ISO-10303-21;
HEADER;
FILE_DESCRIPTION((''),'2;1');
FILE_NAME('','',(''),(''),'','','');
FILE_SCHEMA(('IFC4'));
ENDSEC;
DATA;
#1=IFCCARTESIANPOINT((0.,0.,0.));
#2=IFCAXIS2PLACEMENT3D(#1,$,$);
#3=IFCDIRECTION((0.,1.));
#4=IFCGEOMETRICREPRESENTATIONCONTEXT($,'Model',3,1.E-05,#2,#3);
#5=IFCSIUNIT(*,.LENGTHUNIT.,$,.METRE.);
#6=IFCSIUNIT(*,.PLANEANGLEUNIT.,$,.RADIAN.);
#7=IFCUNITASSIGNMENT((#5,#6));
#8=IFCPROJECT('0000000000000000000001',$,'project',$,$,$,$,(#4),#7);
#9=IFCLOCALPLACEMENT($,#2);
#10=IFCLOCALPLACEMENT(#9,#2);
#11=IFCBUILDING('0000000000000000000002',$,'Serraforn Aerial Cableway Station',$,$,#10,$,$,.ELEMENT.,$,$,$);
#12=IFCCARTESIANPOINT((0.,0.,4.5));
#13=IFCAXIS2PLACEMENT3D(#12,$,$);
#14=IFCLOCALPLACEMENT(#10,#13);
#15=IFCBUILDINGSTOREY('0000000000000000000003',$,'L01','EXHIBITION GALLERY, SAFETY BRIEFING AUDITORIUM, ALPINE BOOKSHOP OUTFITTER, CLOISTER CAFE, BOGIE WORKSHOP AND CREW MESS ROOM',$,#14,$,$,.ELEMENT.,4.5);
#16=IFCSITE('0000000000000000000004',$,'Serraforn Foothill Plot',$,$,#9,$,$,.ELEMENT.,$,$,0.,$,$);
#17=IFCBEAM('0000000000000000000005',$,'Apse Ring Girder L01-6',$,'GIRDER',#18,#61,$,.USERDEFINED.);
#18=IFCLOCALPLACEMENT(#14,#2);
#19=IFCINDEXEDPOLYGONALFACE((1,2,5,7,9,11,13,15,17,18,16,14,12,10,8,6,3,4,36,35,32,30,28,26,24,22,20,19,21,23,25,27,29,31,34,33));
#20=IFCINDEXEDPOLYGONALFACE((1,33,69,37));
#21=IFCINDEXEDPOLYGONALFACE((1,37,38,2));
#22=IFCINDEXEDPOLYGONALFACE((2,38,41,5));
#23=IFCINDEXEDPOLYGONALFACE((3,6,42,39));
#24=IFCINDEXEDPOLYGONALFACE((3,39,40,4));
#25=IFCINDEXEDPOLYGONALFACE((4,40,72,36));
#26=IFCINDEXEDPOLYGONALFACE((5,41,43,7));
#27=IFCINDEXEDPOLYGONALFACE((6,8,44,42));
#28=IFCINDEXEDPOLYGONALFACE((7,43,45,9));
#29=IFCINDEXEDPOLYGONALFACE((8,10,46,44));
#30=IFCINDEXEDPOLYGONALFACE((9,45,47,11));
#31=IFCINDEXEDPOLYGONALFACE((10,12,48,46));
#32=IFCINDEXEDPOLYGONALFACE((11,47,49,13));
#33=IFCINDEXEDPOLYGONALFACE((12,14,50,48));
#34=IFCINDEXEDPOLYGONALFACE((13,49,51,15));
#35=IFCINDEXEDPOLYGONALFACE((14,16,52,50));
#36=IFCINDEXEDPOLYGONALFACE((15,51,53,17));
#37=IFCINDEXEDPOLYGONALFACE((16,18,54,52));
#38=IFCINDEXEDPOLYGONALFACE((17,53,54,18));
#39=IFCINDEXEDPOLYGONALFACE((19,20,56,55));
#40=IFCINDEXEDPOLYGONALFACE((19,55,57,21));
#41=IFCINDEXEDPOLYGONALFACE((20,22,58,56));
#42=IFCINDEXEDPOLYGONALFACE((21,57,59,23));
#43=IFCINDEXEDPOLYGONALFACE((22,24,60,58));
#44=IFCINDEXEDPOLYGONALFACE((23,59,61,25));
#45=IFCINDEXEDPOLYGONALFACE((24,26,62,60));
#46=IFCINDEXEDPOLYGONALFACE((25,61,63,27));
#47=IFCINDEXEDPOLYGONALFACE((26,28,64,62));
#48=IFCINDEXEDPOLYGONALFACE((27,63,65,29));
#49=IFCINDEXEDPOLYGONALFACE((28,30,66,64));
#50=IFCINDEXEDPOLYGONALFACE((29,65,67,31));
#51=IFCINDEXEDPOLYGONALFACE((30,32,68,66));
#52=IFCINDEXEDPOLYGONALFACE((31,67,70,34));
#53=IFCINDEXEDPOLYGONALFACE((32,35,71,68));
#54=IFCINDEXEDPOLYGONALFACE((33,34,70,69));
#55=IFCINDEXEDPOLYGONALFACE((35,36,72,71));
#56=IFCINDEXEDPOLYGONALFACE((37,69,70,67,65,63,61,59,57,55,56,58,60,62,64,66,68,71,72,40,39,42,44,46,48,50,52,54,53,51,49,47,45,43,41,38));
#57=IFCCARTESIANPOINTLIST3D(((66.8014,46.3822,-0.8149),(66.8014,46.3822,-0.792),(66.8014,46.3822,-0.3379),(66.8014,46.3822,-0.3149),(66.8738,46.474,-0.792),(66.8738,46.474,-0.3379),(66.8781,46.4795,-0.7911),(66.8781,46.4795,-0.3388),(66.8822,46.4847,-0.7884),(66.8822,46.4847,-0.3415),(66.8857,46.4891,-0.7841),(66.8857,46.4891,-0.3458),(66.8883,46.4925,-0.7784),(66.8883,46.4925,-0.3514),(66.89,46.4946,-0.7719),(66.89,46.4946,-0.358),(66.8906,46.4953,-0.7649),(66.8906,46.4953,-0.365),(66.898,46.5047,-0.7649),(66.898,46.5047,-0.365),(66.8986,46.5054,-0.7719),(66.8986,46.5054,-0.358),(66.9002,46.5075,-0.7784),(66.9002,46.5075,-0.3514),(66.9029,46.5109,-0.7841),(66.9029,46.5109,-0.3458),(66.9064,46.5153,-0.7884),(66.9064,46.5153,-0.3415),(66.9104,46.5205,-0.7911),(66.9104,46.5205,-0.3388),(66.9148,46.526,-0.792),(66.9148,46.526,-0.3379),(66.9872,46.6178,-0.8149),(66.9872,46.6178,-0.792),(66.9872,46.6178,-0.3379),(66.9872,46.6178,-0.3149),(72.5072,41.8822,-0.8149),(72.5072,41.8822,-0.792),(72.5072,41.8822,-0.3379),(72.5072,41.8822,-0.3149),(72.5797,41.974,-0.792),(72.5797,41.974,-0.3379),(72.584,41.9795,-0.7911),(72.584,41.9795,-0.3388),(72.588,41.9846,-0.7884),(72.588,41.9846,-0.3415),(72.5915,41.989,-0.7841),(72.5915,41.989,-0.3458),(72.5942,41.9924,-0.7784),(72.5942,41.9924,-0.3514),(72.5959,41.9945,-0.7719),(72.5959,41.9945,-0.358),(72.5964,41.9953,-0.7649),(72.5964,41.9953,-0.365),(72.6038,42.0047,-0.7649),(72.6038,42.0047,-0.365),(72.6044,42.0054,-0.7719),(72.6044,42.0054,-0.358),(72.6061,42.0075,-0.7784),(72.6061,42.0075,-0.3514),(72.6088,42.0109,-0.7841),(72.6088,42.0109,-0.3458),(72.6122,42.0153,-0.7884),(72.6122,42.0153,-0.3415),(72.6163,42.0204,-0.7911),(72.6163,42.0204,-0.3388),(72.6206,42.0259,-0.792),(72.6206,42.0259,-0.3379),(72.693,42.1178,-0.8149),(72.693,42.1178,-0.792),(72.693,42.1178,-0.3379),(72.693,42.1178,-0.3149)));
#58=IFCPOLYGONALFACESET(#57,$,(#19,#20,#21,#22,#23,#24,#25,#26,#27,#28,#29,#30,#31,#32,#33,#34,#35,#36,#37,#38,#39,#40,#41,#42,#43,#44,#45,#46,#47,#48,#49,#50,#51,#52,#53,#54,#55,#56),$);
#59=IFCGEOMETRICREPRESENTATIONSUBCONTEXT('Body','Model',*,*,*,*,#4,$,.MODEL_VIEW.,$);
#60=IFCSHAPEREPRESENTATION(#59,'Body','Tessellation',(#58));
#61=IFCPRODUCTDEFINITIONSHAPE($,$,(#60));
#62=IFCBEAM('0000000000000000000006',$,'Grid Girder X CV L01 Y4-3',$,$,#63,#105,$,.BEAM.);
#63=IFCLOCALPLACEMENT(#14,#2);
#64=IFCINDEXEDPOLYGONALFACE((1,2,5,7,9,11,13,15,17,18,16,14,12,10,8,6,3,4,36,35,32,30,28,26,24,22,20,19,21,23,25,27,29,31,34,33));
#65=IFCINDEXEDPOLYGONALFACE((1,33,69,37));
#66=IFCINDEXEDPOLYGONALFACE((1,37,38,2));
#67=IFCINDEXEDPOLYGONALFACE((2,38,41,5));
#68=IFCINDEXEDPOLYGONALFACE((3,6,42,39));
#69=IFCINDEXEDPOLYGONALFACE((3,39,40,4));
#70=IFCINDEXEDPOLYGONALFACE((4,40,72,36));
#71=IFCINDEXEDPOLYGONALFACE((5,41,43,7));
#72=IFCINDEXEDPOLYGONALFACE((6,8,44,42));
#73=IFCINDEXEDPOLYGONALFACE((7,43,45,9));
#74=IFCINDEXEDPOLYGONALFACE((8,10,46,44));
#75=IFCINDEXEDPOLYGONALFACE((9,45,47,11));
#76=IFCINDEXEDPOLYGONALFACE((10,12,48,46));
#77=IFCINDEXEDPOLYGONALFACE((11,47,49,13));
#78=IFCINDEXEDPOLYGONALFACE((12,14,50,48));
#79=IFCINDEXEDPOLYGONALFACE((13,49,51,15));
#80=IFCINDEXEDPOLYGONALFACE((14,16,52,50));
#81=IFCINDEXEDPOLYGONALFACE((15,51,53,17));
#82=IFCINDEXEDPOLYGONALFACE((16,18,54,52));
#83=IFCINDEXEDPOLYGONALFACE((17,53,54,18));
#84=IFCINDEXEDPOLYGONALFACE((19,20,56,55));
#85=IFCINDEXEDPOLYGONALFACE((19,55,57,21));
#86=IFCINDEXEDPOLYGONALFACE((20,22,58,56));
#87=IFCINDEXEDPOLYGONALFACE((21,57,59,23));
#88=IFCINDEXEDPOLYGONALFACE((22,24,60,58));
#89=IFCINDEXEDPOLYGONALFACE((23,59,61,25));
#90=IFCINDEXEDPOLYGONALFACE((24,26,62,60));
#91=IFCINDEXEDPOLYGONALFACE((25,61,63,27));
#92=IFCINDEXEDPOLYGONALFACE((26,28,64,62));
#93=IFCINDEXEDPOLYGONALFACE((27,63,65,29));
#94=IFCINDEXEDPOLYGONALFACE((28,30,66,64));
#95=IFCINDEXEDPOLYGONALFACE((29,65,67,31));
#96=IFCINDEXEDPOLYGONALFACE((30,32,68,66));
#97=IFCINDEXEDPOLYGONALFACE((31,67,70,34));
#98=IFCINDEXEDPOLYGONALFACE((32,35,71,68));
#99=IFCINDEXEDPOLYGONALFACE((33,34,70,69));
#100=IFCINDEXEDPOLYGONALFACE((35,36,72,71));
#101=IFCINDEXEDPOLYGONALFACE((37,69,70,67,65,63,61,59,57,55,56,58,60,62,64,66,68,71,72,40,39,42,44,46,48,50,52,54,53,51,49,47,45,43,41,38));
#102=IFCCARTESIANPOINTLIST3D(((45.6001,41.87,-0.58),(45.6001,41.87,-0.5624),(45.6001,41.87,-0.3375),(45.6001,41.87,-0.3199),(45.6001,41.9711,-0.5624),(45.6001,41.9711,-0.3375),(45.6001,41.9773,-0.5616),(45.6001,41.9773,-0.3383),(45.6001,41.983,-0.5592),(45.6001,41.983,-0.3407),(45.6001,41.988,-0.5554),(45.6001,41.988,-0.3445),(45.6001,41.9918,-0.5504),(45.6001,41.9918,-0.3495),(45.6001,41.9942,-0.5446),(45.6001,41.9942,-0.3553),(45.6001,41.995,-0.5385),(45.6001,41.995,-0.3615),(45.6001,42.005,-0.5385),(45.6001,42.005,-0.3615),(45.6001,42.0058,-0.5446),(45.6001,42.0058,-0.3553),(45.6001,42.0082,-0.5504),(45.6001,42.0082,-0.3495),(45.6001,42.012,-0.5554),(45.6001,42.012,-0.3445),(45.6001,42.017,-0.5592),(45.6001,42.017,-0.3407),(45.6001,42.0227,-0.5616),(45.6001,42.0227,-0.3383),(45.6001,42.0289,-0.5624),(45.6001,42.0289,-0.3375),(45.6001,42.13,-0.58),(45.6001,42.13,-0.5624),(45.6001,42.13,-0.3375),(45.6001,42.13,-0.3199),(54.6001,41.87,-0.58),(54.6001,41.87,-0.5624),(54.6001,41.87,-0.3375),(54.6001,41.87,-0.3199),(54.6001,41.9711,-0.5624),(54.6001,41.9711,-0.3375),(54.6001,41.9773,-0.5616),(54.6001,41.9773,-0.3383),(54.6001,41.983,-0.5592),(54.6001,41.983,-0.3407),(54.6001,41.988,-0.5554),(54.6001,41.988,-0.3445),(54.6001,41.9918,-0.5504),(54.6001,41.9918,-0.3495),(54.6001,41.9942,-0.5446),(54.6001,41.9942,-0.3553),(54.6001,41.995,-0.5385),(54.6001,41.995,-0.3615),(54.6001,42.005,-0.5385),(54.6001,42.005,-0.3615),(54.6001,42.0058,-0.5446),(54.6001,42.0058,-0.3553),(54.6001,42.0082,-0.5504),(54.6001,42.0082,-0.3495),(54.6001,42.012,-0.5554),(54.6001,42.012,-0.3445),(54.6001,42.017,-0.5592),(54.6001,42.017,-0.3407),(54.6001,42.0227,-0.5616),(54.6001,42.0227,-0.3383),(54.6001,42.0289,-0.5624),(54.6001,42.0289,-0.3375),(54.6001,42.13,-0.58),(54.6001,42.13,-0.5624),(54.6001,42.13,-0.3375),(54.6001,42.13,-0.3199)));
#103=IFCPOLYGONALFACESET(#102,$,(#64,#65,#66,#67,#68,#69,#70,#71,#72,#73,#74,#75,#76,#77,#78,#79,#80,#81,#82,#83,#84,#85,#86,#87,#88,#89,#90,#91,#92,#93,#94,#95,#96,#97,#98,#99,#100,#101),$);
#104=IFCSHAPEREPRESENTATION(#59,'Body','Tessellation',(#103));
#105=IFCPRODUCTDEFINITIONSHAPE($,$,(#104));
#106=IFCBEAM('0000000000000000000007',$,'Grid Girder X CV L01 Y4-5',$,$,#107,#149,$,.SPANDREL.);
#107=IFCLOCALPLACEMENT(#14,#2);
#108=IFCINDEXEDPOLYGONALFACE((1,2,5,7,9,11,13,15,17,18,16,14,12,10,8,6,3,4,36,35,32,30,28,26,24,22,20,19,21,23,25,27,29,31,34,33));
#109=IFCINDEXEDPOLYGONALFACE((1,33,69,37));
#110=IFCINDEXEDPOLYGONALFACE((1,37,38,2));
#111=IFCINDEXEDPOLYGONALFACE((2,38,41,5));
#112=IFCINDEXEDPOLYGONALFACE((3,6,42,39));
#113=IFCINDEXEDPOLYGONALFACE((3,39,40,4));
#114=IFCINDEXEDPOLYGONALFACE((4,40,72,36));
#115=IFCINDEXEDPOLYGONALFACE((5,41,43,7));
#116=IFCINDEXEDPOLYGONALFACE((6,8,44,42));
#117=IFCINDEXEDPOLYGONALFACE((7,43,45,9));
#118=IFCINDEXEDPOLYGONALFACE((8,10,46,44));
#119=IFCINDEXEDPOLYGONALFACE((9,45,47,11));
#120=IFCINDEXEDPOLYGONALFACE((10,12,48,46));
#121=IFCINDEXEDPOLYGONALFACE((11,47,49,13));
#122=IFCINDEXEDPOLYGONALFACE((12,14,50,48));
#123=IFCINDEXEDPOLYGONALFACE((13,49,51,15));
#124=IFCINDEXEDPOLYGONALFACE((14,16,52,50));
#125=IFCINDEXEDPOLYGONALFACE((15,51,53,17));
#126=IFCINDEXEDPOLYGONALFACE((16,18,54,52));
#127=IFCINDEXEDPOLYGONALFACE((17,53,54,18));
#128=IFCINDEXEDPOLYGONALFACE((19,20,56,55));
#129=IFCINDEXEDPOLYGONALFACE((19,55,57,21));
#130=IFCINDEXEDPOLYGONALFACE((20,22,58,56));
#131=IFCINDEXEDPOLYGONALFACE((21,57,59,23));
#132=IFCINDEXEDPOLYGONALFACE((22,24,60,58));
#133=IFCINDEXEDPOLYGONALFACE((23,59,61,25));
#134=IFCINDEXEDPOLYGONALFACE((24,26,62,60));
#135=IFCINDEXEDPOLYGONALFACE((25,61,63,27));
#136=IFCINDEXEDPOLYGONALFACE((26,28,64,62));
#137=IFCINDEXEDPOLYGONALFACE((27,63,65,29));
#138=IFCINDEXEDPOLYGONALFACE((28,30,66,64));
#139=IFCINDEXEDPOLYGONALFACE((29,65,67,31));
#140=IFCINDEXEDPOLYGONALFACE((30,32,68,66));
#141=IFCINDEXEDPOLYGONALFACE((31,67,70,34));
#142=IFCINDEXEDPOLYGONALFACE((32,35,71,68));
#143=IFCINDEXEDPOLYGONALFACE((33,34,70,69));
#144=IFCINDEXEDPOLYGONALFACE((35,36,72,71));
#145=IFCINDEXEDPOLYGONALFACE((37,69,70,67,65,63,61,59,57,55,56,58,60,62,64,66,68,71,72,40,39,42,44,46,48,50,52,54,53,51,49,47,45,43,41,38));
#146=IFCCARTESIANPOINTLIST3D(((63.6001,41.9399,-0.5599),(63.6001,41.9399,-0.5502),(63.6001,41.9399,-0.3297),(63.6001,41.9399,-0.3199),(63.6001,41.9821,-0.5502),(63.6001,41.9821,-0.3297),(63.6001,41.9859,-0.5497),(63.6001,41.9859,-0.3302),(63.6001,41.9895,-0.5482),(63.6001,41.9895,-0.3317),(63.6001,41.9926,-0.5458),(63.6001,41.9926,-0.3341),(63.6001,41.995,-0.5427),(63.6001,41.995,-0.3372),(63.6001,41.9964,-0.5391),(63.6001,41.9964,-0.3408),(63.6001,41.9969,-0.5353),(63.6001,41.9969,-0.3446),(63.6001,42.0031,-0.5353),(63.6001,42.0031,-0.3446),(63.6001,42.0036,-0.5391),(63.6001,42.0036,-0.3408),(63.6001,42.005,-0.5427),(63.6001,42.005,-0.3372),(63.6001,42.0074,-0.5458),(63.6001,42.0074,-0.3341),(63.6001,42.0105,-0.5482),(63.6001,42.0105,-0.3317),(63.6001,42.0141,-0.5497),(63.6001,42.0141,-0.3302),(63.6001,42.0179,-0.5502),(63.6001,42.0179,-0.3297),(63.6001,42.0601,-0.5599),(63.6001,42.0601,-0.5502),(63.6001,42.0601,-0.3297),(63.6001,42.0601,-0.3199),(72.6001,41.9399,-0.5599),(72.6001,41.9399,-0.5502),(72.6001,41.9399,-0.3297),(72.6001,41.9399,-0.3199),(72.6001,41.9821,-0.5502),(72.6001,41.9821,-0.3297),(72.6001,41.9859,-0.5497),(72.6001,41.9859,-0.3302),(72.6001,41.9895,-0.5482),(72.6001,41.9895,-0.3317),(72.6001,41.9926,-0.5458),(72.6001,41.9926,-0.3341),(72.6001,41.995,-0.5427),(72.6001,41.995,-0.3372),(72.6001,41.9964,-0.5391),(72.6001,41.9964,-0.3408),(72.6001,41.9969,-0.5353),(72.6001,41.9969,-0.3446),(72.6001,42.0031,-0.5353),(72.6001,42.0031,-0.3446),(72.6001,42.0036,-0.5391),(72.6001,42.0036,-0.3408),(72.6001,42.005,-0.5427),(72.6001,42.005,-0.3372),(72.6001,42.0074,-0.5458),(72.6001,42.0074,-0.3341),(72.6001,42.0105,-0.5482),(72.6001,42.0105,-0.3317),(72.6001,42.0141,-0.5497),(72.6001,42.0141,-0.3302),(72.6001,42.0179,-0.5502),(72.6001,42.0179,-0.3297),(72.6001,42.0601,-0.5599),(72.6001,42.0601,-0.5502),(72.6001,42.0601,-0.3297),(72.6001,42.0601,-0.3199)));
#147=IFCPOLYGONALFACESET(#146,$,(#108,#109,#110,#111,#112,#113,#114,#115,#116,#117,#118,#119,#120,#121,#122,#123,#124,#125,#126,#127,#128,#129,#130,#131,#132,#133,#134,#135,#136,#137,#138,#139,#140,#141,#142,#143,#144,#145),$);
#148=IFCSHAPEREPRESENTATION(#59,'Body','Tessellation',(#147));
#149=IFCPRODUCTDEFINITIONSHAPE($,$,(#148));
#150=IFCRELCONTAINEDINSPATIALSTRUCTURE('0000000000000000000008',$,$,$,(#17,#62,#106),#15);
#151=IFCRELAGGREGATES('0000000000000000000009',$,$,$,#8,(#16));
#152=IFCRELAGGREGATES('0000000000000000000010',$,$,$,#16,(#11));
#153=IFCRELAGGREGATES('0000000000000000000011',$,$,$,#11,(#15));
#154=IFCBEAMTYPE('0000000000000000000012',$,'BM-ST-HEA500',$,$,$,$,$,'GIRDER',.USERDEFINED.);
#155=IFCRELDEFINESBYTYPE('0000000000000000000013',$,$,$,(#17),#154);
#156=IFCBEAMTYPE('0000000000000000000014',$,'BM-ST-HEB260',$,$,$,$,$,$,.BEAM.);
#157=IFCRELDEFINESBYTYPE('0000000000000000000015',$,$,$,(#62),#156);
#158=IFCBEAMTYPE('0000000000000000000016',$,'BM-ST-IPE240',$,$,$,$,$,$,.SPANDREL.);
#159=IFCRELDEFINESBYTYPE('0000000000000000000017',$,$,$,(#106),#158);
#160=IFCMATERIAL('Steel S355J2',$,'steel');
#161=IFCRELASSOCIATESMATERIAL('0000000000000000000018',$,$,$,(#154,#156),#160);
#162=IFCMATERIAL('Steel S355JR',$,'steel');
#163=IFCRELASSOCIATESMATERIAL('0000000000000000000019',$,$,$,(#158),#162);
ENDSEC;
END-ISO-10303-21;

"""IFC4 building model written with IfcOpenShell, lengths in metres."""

from ifc_helpers import new_model, si_unit, direction, frame, origin, origin_2d, place, context, subcontext, project, spatial, i_section, extrude, material, material_profile, profile_set, type_object, element, save


model = new_model("IFC4")

# Units and contexts
model_context = context("Model", 3, precision=1e-05, world=origin(), true_north=direction((0.0, 1.0)))
body_context = subcontext(model_context, "Body", "Model", "MODEL_VIEW")
ifc_project = project(units=[si_unit("LENGTHUNIT", "METRE"), si_unit("PLANEANGLEUNIT", "RADIAN")], contexts=[model_context])

# Site, building, storey
site_placement = place(None, origin())
site = spatial("IfcSite", under=ifc_project, at=site_placement, Name="Serraforn Foothill Plot", CompositionType="ELEMENT", RefElevation=0.0)
building_placement = place(site_placement, origin())
building = spatial("IfcBuilding", under=site, at=building_placement, Name="Serraforn Aerial Cableway Station", CompositionType="ELEMENT")
storey_placement = place(building_placement, frame((0.0, 0.0, 4.5)))
storey = spatial("IfcBuildingStorey", under=building, at=storey_placement, Name="L01", Description="EXHIBITION GALLERY, SAFETY BRIEFING AUDITORIUM, ALPINE BOOKSHOP OUTFITTER, CLOISTER CAFE, BOGIE WORKSHOP AND CREW MESS ROOM", CompositionType="ELEMENT", Elevation=4.5)

# Beams
ifc_material_1 = material(Name="Steel S355J2", Category="steel")
ifc_material_profile_1 = material_profile(ifc_material_1, i_section(OverallWidth=0.3, OverallDepth=0.5, WebThickness=0.012, FlangeThickness=0.0229, FilletRadius=0.0271, at=origin_2d()), Name="HEA 500")
ifc_profile_set_1 = profile_set([ifc_material_profile_1], Name="Steel S355J2")
beam_type_1 = type_object("IfcBeamType", Name="BM-ST-HEA500", ElementType="GIRDER", PredefinedType="USERDEFINED", material=ifc_profile_set_1)
beam_1_placement = place(storey_placement, frame((66.8943, 46.5, -0.5649), z_axis=(0.78519, -0.619255, 0.0), x_axis=(0.619255, 0.78519, 0.0)))
element("IfcBeam", 1, at=beam_1_placement, inside=storey, type_object=beam_type_1, Name="Apse Ring Girder L01-6", ObjectType="GIRDER", PredefinedType="USERDEFINED", context=body_context, shape_type="SweptSolid", body=[
    extrude(i_section(OverallWidth=0.3, OverallDepth=0.5, WebThickness=0.012, FlangeThickness=0.0229, FilletRadius=0.0271, at=origin_2d()), origin(), (0.0, 0.0, 1.0), 7.2668),
])
ifc_material_profile_2 = material_profile(ifc_material_1, i_section(OverallWidth=0.26, OverallDepth=0.26, WebThickness=0.01, FlangeThickness=0.0176, FilletRadius=0.0239, at=origin_2d()), Name="HEB 260")
ifc_profile_set_2 = profile_set([ifc_material_profile_2], Name="Steel S355J2")
beam_type_2 = type_object("IfcBeamType", Name="BM-ST-HEB260", PredefinedType="BEAM", material=ifc_profile_set_2)
beam_2_placement = place(storey_placement, frame((45.6001, 42.0, -0.45), z_axis=(1.0, 0.0, 0.0), x_axis=(0.0, 1.0, 0.0)))
element("IfcBeam", 2, at=beam_2_placement, inside=storey, type_object=beam_type_2, Name="Grid Girder X CV L01 Y4-3", PredefinedType="BEAM", context=body_context, shape_type="SweptSolid", body=[
    extrude(i_section(OverallWidth=0.26, OverallDepth=0.26, WebThickness=0.01, FlangeThickness=0.0176, FilletRadius=0.0239, at=origin_2d()), origin(), (0.0, 0.0, 1.0), 9.0),
])
ifc_material_2 = material(Name="Steel S355JR", Category="steel")
ifc_material_profile_3 = material_profile(ifc_material_2, i_section(OverallWidth=0.1201, OverallDepth=0.24, WebThickness=0.0061, FlangeThickness=0.0098, FilletRadius=0.0149, at=origin_2d()), Name="IPE 240")
ifc_profile_set_3 = profile_set([ifc_material_profile_3], Name="Steel S355JR")
beam_type_3 = type_object("IfcBeamType", Name="BM-ST-IPE240", PredefinedType="SPANDREL", material=ifc_profile_set_3)
beam_3_placement = place(storey_placement, frame((63.6001, 42.0, -0.4399), z_axis=(1.0, 0.0, 0.0), x_axis=(0.0, 1.0, 0.0)))
element("IfcBeam", 3, at=beam_3_placement, inside=storey, type_object=beam_type_3, Name="Grid Girder X CV L01 Y4-5", PredefinedType="SPANDREL", context=body_context, shape_type="SweptSolid", body=[
    extrude(i_section(OverallWidth=0.1201, OverallDepth=0.24, WebThickness=0.0061, FlangeThickness=0.0098, FilletRadius=0.0149, at=origin_2d()), origin(), (0.0, 0.0, 1.0), 9.0),
])

save(model, "model.ifc")
